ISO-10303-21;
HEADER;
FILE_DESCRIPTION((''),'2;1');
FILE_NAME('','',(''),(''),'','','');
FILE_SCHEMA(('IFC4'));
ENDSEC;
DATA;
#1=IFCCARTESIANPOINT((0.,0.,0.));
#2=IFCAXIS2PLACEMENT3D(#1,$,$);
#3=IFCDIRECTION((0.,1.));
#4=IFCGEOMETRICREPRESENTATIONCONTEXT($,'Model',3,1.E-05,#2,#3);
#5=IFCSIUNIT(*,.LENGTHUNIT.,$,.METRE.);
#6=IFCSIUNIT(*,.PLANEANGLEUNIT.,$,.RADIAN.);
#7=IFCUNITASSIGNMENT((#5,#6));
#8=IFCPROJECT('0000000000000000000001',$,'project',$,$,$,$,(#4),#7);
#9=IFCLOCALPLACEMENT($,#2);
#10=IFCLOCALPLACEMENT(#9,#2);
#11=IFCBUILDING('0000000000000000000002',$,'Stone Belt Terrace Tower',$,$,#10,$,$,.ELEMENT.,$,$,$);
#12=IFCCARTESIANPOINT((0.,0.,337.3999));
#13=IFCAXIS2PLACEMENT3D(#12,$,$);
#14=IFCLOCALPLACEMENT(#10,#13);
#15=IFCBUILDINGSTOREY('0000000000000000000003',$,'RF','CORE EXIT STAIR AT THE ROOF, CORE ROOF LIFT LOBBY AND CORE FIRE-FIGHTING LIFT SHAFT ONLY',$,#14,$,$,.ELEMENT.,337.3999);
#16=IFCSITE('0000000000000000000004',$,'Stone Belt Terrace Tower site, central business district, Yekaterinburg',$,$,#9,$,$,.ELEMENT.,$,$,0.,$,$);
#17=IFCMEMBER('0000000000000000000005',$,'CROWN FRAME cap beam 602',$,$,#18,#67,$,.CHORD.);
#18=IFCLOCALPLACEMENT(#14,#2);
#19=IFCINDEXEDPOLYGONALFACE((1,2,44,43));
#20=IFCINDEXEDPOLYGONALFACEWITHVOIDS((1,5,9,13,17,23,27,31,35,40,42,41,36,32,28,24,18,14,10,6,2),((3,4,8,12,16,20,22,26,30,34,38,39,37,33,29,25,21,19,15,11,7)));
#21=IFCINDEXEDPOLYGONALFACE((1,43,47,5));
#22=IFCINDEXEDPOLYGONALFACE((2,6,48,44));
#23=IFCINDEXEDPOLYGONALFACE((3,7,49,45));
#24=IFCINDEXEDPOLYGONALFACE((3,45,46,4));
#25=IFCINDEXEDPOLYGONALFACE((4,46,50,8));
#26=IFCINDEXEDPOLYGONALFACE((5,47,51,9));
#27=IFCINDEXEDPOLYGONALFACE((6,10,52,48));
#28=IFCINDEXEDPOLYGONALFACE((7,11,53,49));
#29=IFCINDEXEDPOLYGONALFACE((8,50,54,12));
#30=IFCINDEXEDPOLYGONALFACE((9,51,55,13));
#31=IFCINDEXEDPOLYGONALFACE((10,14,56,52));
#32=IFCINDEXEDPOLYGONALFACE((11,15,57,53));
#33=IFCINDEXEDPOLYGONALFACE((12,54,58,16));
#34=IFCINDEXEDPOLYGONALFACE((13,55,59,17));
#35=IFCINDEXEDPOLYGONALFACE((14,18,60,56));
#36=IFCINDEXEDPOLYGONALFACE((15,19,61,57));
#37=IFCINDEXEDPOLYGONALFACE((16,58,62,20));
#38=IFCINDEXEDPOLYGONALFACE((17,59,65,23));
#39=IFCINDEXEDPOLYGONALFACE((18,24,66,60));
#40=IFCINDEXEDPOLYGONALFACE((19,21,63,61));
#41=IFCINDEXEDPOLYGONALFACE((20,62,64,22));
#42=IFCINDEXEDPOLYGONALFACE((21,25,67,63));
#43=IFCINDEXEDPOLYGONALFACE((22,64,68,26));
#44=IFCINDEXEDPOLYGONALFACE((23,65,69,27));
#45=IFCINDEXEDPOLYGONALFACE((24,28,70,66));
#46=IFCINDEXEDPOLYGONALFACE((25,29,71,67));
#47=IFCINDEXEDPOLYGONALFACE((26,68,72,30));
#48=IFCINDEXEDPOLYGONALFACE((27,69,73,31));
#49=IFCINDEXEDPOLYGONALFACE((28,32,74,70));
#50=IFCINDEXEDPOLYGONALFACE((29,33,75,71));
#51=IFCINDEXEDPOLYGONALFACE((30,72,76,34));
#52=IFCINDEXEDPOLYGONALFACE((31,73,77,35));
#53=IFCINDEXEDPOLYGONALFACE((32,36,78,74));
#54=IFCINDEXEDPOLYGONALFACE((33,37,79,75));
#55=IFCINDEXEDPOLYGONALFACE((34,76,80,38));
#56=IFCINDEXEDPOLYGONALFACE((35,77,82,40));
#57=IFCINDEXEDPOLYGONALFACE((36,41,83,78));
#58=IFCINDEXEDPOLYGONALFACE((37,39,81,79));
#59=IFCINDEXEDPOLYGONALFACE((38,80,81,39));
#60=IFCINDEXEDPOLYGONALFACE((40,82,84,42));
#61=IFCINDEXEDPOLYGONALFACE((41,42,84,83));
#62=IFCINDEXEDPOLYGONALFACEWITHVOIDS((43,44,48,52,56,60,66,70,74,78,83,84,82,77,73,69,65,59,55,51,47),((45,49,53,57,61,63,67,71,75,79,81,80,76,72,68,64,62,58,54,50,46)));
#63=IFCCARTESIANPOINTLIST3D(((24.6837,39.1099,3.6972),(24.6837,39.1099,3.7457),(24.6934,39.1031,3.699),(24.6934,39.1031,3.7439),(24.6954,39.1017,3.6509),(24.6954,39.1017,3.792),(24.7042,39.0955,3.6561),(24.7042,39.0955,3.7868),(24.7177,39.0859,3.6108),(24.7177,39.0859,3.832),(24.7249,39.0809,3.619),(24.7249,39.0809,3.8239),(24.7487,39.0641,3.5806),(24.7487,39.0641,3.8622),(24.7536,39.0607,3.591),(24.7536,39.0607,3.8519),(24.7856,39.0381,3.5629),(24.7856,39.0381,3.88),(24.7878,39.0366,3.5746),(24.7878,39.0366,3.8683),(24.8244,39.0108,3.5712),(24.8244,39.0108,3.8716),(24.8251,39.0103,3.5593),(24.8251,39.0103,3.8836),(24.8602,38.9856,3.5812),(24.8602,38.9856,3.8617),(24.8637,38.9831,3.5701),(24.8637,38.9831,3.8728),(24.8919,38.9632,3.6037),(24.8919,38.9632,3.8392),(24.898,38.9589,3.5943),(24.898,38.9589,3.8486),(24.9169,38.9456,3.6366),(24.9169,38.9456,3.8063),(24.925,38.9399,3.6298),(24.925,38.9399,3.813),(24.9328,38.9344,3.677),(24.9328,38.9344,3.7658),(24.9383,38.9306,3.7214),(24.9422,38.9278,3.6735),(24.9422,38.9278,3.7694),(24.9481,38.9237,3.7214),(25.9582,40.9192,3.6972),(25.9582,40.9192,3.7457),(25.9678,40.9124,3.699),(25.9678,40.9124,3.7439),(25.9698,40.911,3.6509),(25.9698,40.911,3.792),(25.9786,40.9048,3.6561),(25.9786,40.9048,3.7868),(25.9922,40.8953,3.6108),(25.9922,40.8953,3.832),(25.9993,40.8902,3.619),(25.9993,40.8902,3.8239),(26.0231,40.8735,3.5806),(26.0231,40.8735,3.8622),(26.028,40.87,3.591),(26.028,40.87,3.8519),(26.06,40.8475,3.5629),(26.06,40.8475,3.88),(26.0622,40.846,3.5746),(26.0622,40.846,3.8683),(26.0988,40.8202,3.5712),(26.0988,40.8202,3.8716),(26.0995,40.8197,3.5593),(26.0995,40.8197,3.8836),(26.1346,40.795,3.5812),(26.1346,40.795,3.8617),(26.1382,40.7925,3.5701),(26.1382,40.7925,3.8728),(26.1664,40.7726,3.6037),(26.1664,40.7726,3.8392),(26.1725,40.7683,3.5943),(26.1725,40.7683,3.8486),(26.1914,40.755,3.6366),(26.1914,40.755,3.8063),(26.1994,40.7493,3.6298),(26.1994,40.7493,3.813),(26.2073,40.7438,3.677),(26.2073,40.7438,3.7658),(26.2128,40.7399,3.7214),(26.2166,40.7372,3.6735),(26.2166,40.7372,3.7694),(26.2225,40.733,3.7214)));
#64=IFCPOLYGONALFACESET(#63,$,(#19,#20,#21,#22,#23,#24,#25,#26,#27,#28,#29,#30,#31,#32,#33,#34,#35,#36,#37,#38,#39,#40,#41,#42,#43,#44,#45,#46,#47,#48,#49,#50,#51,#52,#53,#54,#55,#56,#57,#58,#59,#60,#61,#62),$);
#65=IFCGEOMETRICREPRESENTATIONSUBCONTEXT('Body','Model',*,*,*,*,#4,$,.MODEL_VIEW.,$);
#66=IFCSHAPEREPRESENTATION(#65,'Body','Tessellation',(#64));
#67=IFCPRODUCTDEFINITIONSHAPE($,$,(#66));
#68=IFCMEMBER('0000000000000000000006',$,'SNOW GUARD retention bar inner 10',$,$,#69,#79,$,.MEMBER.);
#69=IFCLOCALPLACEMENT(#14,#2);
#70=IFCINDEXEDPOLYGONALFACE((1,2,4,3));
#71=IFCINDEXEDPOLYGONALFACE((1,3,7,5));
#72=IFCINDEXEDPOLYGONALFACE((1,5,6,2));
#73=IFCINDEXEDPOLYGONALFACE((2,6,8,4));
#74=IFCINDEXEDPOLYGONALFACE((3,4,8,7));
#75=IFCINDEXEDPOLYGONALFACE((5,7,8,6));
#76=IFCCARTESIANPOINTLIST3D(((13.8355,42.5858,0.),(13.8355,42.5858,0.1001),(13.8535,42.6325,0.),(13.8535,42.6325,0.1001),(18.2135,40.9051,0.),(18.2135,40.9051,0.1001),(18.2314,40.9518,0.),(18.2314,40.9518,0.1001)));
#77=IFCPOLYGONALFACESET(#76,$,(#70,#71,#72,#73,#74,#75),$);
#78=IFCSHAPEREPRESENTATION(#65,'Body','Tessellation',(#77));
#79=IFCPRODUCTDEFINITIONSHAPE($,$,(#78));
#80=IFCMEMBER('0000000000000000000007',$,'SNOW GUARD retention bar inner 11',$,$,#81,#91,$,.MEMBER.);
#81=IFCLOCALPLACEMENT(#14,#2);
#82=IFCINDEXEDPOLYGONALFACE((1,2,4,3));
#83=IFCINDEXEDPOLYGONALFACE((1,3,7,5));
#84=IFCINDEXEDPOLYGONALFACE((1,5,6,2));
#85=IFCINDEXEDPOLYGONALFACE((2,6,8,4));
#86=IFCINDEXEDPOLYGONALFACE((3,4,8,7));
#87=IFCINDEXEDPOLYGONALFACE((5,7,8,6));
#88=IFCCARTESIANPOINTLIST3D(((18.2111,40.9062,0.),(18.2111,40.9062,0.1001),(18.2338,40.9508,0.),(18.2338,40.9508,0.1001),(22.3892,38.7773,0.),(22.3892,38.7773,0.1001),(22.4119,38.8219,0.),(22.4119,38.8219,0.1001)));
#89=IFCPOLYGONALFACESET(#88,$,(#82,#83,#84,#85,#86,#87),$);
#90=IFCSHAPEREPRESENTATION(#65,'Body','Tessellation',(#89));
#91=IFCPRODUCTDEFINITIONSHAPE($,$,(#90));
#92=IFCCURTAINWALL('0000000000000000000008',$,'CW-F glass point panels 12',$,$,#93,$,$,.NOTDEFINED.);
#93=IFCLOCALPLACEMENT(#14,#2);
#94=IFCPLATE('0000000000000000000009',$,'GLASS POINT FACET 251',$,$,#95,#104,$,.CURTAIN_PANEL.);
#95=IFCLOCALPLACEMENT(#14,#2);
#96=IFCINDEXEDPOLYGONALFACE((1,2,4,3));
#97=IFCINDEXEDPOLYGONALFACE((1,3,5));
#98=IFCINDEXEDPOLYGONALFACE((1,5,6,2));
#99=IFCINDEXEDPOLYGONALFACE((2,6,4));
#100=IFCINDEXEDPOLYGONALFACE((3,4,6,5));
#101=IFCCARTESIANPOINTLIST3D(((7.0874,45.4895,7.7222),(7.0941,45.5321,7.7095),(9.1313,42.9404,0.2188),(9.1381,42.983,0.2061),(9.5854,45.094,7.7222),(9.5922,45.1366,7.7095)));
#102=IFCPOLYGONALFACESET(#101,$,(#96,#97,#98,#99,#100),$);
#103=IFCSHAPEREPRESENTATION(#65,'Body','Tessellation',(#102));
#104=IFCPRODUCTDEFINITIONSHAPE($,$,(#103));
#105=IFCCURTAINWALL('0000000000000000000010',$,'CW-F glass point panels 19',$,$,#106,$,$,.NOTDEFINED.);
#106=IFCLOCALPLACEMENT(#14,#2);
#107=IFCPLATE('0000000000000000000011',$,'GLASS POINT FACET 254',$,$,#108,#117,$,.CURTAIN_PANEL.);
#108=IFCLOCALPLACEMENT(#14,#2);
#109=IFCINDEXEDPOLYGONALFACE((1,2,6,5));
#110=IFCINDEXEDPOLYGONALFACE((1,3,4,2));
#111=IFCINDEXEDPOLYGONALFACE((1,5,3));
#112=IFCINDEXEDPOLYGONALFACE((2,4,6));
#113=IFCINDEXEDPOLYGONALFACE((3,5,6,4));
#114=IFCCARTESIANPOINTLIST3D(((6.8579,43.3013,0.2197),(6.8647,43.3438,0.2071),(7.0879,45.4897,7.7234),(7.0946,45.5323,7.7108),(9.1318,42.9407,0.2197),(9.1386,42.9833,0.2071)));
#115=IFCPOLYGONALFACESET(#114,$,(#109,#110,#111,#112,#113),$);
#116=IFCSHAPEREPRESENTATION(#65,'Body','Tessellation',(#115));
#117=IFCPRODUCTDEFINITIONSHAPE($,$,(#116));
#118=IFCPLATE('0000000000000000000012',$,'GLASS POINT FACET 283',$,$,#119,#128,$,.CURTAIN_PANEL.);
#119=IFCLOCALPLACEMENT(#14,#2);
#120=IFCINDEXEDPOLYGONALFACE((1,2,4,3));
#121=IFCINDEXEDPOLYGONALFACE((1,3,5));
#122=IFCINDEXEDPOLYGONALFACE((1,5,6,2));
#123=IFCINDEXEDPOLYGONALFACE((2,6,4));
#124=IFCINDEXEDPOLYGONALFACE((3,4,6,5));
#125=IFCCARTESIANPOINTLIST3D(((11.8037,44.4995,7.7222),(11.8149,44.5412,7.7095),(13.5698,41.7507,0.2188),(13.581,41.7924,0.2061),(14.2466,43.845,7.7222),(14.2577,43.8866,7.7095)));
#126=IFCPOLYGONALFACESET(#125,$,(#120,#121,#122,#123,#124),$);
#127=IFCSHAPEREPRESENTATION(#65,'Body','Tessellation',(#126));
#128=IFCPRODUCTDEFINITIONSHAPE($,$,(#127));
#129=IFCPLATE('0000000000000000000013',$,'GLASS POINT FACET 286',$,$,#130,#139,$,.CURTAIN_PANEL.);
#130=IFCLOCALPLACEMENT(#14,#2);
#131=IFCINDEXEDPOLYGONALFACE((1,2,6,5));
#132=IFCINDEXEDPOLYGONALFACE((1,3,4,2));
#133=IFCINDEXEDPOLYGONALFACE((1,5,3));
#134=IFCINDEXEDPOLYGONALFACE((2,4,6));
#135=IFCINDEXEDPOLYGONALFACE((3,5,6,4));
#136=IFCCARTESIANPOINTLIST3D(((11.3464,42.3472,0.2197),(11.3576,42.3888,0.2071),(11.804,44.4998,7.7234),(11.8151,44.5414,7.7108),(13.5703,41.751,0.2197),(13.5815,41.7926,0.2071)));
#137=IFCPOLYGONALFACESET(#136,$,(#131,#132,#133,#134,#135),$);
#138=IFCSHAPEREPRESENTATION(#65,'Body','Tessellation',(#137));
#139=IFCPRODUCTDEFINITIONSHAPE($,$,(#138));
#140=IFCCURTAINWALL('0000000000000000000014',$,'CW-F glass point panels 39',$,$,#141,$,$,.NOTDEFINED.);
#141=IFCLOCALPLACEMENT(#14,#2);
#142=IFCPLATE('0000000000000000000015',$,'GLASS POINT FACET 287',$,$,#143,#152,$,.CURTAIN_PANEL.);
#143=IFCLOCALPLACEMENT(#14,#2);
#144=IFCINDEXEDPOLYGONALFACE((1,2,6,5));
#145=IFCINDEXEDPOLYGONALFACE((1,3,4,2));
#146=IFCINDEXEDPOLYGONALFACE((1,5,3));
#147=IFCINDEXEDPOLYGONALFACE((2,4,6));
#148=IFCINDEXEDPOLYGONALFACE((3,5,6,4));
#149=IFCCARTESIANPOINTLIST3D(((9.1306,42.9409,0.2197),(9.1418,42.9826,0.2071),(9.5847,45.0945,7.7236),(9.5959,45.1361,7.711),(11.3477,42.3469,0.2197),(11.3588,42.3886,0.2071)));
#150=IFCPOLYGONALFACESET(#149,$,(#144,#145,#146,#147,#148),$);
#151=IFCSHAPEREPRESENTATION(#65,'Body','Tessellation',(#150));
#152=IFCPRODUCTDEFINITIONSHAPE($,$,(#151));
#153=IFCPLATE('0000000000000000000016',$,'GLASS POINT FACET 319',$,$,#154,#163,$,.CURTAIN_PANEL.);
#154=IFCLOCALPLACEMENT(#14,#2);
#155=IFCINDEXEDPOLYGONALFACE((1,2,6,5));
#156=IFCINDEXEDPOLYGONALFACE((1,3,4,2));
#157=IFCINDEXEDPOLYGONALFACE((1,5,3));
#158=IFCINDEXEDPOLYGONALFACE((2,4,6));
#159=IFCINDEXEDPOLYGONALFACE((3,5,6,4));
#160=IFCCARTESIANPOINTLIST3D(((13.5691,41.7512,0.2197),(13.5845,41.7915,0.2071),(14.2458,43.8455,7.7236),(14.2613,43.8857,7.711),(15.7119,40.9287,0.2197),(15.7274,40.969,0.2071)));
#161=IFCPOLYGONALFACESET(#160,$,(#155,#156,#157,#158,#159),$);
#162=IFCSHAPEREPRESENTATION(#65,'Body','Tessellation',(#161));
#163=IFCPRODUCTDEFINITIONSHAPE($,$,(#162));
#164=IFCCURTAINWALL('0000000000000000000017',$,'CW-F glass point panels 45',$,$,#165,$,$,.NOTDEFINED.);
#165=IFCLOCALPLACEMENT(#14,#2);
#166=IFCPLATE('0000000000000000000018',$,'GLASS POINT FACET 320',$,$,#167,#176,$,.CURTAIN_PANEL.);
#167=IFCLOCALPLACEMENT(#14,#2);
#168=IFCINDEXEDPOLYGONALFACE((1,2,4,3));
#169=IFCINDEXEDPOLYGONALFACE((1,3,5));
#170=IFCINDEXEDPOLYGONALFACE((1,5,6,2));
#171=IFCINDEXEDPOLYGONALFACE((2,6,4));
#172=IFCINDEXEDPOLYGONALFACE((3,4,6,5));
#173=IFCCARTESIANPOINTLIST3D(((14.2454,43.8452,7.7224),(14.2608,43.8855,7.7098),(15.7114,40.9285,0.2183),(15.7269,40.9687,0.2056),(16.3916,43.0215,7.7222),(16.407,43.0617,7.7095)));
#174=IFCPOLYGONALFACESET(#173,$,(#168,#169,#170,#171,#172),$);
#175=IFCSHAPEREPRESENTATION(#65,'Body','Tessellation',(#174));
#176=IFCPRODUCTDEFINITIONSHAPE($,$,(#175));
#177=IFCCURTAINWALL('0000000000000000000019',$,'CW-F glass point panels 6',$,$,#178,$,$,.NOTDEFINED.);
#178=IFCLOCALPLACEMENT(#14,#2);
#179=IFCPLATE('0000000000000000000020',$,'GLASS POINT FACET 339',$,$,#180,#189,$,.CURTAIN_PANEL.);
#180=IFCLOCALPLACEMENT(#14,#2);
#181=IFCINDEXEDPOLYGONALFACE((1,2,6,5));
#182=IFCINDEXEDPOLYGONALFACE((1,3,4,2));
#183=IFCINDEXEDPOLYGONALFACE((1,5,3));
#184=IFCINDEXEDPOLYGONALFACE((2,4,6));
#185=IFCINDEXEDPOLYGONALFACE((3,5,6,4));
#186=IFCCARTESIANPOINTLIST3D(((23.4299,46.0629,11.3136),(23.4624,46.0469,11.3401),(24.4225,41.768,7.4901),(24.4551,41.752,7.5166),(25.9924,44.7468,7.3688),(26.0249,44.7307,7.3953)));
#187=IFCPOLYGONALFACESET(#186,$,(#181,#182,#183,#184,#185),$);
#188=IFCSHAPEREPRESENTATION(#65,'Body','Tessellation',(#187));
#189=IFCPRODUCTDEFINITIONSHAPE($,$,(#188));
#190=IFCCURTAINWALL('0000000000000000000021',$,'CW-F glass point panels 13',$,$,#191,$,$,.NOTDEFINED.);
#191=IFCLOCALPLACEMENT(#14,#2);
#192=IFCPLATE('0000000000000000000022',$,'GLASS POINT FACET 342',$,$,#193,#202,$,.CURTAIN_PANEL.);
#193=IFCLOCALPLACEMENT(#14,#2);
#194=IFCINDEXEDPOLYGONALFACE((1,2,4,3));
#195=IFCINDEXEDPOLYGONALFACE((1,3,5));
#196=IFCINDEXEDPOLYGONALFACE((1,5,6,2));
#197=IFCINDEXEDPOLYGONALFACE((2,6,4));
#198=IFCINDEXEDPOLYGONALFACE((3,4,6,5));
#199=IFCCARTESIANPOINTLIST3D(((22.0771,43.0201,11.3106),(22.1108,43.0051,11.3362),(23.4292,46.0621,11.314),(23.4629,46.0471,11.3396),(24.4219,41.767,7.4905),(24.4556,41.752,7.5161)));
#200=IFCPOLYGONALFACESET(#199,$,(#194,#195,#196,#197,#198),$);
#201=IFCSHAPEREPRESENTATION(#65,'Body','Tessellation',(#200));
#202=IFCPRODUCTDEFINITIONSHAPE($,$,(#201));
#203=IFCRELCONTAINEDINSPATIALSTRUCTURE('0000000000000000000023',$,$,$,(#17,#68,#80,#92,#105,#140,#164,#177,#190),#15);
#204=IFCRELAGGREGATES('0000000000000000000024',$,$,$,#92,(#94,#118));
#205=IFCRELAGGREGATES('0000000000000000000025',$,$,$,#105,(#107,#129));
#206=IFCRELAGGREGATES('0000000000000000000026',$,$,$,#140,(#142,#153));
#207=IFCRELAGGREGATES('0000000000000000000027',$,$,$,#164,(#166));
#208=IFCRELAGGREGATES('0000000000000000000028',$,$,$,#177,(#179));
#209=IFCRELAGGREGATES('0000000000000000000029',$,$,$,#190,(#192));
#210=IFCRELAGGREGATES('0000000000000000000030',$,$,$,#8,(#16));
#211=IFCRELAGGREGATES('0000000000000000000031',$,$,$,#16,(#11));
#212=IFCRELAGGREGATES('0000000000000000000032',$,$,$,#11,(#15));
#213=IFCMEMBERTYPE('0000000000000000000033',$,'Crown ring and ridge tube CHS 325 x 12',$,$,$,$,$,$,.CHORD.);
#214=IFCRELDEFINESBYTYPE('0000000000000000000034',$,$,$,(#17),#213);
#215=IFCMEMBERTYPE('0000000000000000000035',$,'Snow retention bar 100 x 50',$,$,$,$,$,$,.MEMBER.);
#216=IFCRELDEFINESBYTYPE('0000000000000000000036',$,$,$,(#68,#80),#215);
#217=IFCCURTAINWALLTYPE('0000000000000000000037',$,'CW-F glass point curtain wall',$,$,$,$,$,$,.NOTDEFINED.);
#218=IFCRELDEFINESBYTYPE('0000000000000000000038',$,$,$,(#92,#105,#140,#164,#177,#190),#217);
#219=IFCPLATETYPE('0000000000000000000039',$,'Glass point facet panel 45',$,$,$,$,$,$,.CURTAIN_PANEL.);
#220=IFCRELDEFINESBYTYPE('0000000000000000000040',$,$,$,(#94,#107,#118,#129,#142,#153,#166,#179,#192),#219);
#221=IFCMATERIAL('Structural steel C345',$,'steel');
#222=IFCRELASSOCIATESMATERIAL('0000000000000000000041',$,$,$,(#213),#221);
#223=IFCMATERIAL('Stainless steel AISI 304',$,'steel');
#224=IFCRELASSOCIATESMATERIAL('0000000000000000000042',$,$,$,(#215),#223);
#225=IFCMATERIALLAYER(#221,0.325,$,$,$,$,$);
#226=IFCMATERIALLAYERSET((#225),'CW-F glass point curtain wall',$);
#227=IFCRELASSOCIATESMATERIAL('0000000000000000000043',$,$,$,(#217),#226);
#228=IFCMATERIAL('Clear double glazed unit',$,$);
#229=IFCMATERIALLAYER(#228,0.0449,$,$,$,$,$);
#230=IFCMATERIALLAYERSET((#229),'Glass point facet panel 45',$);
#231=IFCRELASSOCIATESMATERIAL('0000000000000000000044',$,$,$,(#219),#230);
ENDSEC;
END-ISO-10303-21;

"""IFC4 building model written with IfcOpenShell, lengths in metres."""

from ifc_helpers import new_model, si_unit, direction, frame, origin, origin_2d, place, context, subcontext, project, spatial, polyline, rectangle, hollow_circle, outline, extrude, material, layer, layer_set, material_profile, profile_set, type_object, element, aggregate, save


model = new_model("IFC4")

# Units and contexts
model_context = context("Model", 3, precision=1e-05, world=origin(), true_north=direction((0.0, 1.0)))
body_context = subcontext(model_context, "Body", "Model", "MODEL_VIEW")
ifc_project = project(units=[si_unit("LENGTHUNIT", "METRE"), si_unit("PLANEANGLEUNIT", "RADIAN")], contexts=[model_context])

# Site, building, storey
site_placement = place(None, origin())
site = spatial("IfcSite", under=ifc_project, at=site_placement, Name="Stone Belt Terrace Tower site, central business district, Yekaterinburg", CompositionType="ELEMENT", RefElevation=0.0)
building_placement = place(site_placement, origin())
building = spatial("IfcBuilding", under=site, at=building_placement, Name="Stone Belt Terrace Tower", CompositionType="ELEMENT")
storey_placement = place(building_placement, frame((0.0, 0.0, 337.3999)))
storey = spatial("IfcBuildingStorey", under=building, at=storey_placement, Name="RF", Description="CORE EXIT STAIR AT THE ROOF, CORE ROOF LIFT LOBBY AND CORE FIRE-FIGHTING LIFT SHAFT ONLY", CompositionType="ELEMENT", Elevation=337.3999)

# Members
ifc_material_1 = material(Name="Structural steel C345", Category="steel")
ifc_material_profile_1 = material_profile(ifc_material_1, hollow_circle(Radius=0.1626, WallThickness=0.012, at=origin_2d()), Name="Structural steel C345 CHS 325x12")
ifc_profile_set_1 = profile_set([ifc_material_profile_1], Name="Structural steel C345")
member_type_1 = type_object("IfcMemberType", Name="Crown ring and ridge tube CHS 325 x 12", PredefinedType="CHORD", material=ifc_profile_set_1)
member_1_placement = place(storey_placement, frame((26.0896, 40.8267, 3.7214), z_axis=(-0.575851, -0.817554, 0.0), x_axis=(0.817554, -0.575851, 0.0)))
element("IfcMember", 1, at=member_1_placement, inside=storey, type_object=member_type_1, Name="CROWN FRAME cap beam 602", PredefinedType="CHORD", context=body_context, shape_type="SweptSolid", body=[
    extrude(hollow_circle(Radius=0.1626, WallThickness=0.012, at=origin_2d()), origin(), (0.0, 0.0, 1.0), 2.2131),
])
ifc_material_2 = material(Name="Stainless steel AISI 304", Category="steel")
ifc_material_profile_2 = material_profile(ifc_material_2, rectangle(XDim=0.05, YDim=0.1001, at=origin_2d()), Name="Stainless steel AISI 304 100x50")
ifc_profile_set_2 = profile_set([ifc_material_profile_2], Name="Stainless steel AISI 304")
member_type_2 = type_object("IfcMemberType", Name="Snow retention bar 100 x 50", PredefinedType="MEMBER", material=ifc_profile_set_2)
member_2_placement = place(storey_placement, frame((13.8445, 42.6091, 0.05), z_axis=(0.933571, -0.358393, 0.0), x_axis=(0.358393, 0.933571, 0.0)))
element("IfcMember", 2, at=member_2_placement, inside=storey, type_object=member_type_2, Name="SNOW GUARD retention bar inner 10", PredefinedType="MEMBER", context=body_context, shape_type="SweptSolid", body=[
    extrude(rectangle(XDim=0.05, YDim=0.1001, at=origin_2d()), origin(), (0.0, 0.0, 1.0), 4.6895),
])
member_3_placement = place(storey_placement, frame((18.2224, 40.9285, 0.05), z_axis=(0.891007, -0.45399, 0.0), x_axis=(0.45399, 0.891007, 0.0)))
element("IfcMember", 3, at=member_3_placement, inside=storey, type_object=member_type_2, Name="SNOW GUARD retention bar inner 11", PredefinedType="MEMBER", context=body_context, shape_type="SweptSolid", body=[
    extrude(rectangle(XDim=0.05, YDim=0.1001, at=origin_2d()), origin(), (0.0, 0.0, 1.0), 4.6892),
])

# Curtain walls, plates
ifc_layer_1 = layer(ifc_material_1, 0.325)
ifc_layer_set_1 = layer_set([ifc_layer_1], Name="CW-F glass point curtain wall")
curtain_wall_type = type_object("IfcCurtainWallType", Name="CW-F glass point curtain wall", PredefinedType="NOTDEFINED", material=ifc_layer_set_1)
curtain_wall_1_placement = place(storey_placement, origin())
curtain_wall_1 = element("IfcCurtainWall", 4, at=curtain_wall_1_placement, inside=storey, type_object=curtain_wall_type, Name="CW-F glass point panels 12", PredefinedType="NOTDEFINED")
ifc_material_3 = material(Name="Clear double glazed unit")
ifc_layer_2 = layer(ifc_material_3, 0.0449)
ifc_layer_set_2 = layer_set([ifc_layer_2], Name="Glass point facet panel 45")
plate_type = type_object("IfcPlateType", Name="Glass point facet panel 45", PredefinedType="CURTAIN_PANEL", material=ifc_layer_set_2)
plate_1_placement = place(storey_placement, frame((9.1313, 42.9404, 0.2188), z_axis=(-0.150072, -0.947863, 0.28113), x_axis=(-0.249751, 0.311473, 0.916847)))
plate_1 = element("IfcPlate", 5, at=plate_1_placement, type_object=plate_type, Name="GLASS POINT FACET 251", PredefinedType="CURTAIN_PANEL", context=body_context, shape_type="SweptSolid", body=[
    extrude(outline(polyline([(0.0, 0.0), (8.1839, 0.0), (7.4369, -2.4163), (0.0, 0.0)])), origin(), (0.0, 0.0, -1.0), 0.0449),
])
curtain_wall_2_placement = place(storey_placement, origin())
curtain_wall_2 = element("IfcCurtainWall", 6, at=curtain_wall_2_placement, inside=storey, type_object=curtain_wall_type, Name="CW-F glass point panels 19", PredefinedType="NOTDEFINED")
plate_2_placement = place(storey_placement, frame((9.1318, 42.9407, 0.2197), z_axis=(-0.150308, -0.947849, 0.281051), x_axis=(-0.987659, 0.156621, 0.0)))
plate_2 = element("IfcPlate", 7, at=plate_2_placement, type_object=plate_type, Name="GLASS POINT FACET 254", PredefinedType="CURTAIN_PANEL", context=body_context, shape_type="SweptSolid", body=[
    extrude(outline(polyline([(0.0, 0.0), (2.3023, 0.0), (2.418, -7.8188), (0.0, 0.0)])), origin(), (0.0, 0.0, -1.0), 0.0449),
])

# Plates
plate_3_placement = place(storey_placement, frame((13.5698, 41.7507, 0.2188), z_axis=(-0.248373, -0.926974, 0.281124), x_axis=(-0.215803, 0.335876, 0.916851)))
plate_3 = element("IfcPlate", 8, at=plate_3_placement, type_object=plate_type, Name="GLASS POINT FACET 283", PredefinedType="CURTAIN_PANEL", context=body_context, shape_type="SweptSolid", body=[
    extrude(outline(polyline([(0.0, 0.0), (8.1839, 0.0), (7.4369, -2.4162), (0.0, 0.0)])), origin(), (0.0, 0.0, -1.0), 0.0449),
])
aggregate(curtain_wall_1, [plate_1, plate_3])
plate_4_placement = place(storey_placement, frame((13.5703, 41.751, 0.2197), z_axis=(-0.248504, -0.926955, 0.281069), x_axis=(-0.965893, 0.258943, 0.0)))
plate_4 = element("IfcPlate", 9, at=plate_4_placement, type_object=plate_type, Name="GLASS POINT FACET 286", PredefinedType="CURTAIN_PANEL", context=body_context, shape_type="SweptSolid", body=[
    extrude(outline(polyline([(0.0, 0.0), (2.3024, 0.0), (2.4179, -7.8189), (0.0, 0.0)])), origin(), (0.0, 0.0, -1.0), 0.0449),
])
aggregate(curtain_wall_2, [plate_2, plate_4])

# Curtain wall, plates
curtain_wall_3_placement = place(storey_placement, origin())
curtain_wall_3 = element("IfcCurtainWall", 10, at=curtain_wall_3_placement, inside=storey, type_object=curtain_wall_type, Name="CW-F glass point panels 39", PredefinedType="NOTDEFINED")
plate_5_placement = place(storey_placement, frame((9.1306, 42.9409, 0.2197), z_axis=(-0.248362, -0.926993, 0.28107), x_axis=(0.058069, 0.275391, 0.959577)))
plate_5 = element("IfcPlate", 11, at=plate_5_placement, type_object=plate_type, Name="GLASS POINT FACET 287", PredefinedType="CURTAIN_PANEL", context=body_context, shape_type="SweptSolid", body=[
    extrude(outline(polyline([(0.0, 0.0), (7.82, 0.0), (-0.0348, -2.295), (0.0, 0.0)])), origin(), (0.0, 0.0, -1.0), 0.0449),
])
plate_6_placement = place(storey_placement, frame((13.5691, 41.7512, 0.2197), z_axis=(-0.343906, -0.895953, 0.281064), x_axis=(0.086542, 0.267805, 0.959578)))
plate_6 = element("IfcPlate", 12, at=plate_6_placement, type_object=plate_type, Name="GLASS POINT FACET 319", PredefinedType="CURTAIN_PANEL", context=body_context, shape_type="SweptSolid", body=[
    extrude(outline(polyline([(0.0, 0.0), (7.82, 0.0), (-0.0348, -2.295), (0.0, 0.0)])), origin(), (0.0, 0.0, -1.0), 0.0449),
])
aggregate(curtain_wall_3, [plate_5, plate_6])

# Curtain walls, plates
curtain_wall_4_placement = place(storey_placement, origin())
curtain_wall_4 = element("IfcCurtainWall", 13, at=curtain_wall_4_placement, inside=storey, type_object=curtain_wall_type, Name="CW-F glass point panels 45", PredefinedType="NOTDEFINED")
plate_7_placement = place(storey_placement, frame((16.3916, 43.0215, 7.7222), z_axis=(-0.343844, -0.895973, 0.281075), x_axis=(-0.086979, -0.26765, -0.959582)))
plate_7 = element("IfcPlate", 14, at=plate_7_placement, type_object=plate_type, Name="GLASS POINT FACET 320", PredefinedType="CURTAIN_PANEL", context=body_context, shape_type="SweptSolid", body=[
    extrude(outline(polyline([(0.0, 0.0), (7.82, 0.0), (-0.034, -2.2986), (0.0, 0.0)])), origin(), (0.0, 0.0, -1.0), 0.0449),
])
aggregate(curtain_wall_4, [plate_7])
curtain_wall_5_placement = place(storey_placement, origin())
curtain_wall_5 = element("IfcCurtainWall", 15, at=curtain_wall_5_placement, inside=storey, type_object=curtain_wall_type, Name="CW-F glass point panels 6", PredefinedType="NOTDEFINED")
plate_8_placement = place(storey_placement, frame((24.4551, 41.752, 7.5166), z_axis=(0.724136, -0.357603, 0.5897), x_axis=(-0.170115, 0.736023, 0.655233)))
plate_8 = element("IfcPlate", 16, at=plate_8_placement, type_object=plate_type, Name="GLASS POINT FACET 339", PredefinedType="CURTAIN_PANEL", context=body_context, shape_type="SweptSolid", body=[
    extrude(outline(polyline([(0.0, 0.0), (5.8353, 0.0), (1.8459, -2.8187), (0.0, 0.0)])), origin(), (0.0, 0.0, -1.0), 0.0449),
])
aggregate(curtain_wall_5, [plate_8])
curtain_wall_6_placement = place(storey_placement, origin())
curtain_wall_6 = element("IfcCurtainWall", 17, at=curtain_wall_6_placement, inside=storey, type_object=curtain_wall_type, Name="CW-F glass point panels 13", PredefinedType="NOTDEFINED")
plate_9_placement = place(storey_placement, frame((24.4556, 41.752, 7.5161), z_axis=(0.750434, -0.33418, 0.570238), x_axis=(-0.503793, 0.269259, 0.820788)))
plate_9 = element("IfcPlate", 18, at=plate_9_placement, type_object=plate_type, Name="GLASS POINT FACET 342", PredefinedType="CURTAIN_PANEL", context=body_context, shape_type="SweptSolid", body=[
    extrude(outline(polyline([(0.0, 0.0), (4.6541, 0.0), (4.7949, -3.326), (0.0, 0.0)])), origin(), (0.0, 0.0, -1.0), 0.0449),
])
aggregate(curtain_wall_6, [plate_9])

save(model, "model.ifc")
